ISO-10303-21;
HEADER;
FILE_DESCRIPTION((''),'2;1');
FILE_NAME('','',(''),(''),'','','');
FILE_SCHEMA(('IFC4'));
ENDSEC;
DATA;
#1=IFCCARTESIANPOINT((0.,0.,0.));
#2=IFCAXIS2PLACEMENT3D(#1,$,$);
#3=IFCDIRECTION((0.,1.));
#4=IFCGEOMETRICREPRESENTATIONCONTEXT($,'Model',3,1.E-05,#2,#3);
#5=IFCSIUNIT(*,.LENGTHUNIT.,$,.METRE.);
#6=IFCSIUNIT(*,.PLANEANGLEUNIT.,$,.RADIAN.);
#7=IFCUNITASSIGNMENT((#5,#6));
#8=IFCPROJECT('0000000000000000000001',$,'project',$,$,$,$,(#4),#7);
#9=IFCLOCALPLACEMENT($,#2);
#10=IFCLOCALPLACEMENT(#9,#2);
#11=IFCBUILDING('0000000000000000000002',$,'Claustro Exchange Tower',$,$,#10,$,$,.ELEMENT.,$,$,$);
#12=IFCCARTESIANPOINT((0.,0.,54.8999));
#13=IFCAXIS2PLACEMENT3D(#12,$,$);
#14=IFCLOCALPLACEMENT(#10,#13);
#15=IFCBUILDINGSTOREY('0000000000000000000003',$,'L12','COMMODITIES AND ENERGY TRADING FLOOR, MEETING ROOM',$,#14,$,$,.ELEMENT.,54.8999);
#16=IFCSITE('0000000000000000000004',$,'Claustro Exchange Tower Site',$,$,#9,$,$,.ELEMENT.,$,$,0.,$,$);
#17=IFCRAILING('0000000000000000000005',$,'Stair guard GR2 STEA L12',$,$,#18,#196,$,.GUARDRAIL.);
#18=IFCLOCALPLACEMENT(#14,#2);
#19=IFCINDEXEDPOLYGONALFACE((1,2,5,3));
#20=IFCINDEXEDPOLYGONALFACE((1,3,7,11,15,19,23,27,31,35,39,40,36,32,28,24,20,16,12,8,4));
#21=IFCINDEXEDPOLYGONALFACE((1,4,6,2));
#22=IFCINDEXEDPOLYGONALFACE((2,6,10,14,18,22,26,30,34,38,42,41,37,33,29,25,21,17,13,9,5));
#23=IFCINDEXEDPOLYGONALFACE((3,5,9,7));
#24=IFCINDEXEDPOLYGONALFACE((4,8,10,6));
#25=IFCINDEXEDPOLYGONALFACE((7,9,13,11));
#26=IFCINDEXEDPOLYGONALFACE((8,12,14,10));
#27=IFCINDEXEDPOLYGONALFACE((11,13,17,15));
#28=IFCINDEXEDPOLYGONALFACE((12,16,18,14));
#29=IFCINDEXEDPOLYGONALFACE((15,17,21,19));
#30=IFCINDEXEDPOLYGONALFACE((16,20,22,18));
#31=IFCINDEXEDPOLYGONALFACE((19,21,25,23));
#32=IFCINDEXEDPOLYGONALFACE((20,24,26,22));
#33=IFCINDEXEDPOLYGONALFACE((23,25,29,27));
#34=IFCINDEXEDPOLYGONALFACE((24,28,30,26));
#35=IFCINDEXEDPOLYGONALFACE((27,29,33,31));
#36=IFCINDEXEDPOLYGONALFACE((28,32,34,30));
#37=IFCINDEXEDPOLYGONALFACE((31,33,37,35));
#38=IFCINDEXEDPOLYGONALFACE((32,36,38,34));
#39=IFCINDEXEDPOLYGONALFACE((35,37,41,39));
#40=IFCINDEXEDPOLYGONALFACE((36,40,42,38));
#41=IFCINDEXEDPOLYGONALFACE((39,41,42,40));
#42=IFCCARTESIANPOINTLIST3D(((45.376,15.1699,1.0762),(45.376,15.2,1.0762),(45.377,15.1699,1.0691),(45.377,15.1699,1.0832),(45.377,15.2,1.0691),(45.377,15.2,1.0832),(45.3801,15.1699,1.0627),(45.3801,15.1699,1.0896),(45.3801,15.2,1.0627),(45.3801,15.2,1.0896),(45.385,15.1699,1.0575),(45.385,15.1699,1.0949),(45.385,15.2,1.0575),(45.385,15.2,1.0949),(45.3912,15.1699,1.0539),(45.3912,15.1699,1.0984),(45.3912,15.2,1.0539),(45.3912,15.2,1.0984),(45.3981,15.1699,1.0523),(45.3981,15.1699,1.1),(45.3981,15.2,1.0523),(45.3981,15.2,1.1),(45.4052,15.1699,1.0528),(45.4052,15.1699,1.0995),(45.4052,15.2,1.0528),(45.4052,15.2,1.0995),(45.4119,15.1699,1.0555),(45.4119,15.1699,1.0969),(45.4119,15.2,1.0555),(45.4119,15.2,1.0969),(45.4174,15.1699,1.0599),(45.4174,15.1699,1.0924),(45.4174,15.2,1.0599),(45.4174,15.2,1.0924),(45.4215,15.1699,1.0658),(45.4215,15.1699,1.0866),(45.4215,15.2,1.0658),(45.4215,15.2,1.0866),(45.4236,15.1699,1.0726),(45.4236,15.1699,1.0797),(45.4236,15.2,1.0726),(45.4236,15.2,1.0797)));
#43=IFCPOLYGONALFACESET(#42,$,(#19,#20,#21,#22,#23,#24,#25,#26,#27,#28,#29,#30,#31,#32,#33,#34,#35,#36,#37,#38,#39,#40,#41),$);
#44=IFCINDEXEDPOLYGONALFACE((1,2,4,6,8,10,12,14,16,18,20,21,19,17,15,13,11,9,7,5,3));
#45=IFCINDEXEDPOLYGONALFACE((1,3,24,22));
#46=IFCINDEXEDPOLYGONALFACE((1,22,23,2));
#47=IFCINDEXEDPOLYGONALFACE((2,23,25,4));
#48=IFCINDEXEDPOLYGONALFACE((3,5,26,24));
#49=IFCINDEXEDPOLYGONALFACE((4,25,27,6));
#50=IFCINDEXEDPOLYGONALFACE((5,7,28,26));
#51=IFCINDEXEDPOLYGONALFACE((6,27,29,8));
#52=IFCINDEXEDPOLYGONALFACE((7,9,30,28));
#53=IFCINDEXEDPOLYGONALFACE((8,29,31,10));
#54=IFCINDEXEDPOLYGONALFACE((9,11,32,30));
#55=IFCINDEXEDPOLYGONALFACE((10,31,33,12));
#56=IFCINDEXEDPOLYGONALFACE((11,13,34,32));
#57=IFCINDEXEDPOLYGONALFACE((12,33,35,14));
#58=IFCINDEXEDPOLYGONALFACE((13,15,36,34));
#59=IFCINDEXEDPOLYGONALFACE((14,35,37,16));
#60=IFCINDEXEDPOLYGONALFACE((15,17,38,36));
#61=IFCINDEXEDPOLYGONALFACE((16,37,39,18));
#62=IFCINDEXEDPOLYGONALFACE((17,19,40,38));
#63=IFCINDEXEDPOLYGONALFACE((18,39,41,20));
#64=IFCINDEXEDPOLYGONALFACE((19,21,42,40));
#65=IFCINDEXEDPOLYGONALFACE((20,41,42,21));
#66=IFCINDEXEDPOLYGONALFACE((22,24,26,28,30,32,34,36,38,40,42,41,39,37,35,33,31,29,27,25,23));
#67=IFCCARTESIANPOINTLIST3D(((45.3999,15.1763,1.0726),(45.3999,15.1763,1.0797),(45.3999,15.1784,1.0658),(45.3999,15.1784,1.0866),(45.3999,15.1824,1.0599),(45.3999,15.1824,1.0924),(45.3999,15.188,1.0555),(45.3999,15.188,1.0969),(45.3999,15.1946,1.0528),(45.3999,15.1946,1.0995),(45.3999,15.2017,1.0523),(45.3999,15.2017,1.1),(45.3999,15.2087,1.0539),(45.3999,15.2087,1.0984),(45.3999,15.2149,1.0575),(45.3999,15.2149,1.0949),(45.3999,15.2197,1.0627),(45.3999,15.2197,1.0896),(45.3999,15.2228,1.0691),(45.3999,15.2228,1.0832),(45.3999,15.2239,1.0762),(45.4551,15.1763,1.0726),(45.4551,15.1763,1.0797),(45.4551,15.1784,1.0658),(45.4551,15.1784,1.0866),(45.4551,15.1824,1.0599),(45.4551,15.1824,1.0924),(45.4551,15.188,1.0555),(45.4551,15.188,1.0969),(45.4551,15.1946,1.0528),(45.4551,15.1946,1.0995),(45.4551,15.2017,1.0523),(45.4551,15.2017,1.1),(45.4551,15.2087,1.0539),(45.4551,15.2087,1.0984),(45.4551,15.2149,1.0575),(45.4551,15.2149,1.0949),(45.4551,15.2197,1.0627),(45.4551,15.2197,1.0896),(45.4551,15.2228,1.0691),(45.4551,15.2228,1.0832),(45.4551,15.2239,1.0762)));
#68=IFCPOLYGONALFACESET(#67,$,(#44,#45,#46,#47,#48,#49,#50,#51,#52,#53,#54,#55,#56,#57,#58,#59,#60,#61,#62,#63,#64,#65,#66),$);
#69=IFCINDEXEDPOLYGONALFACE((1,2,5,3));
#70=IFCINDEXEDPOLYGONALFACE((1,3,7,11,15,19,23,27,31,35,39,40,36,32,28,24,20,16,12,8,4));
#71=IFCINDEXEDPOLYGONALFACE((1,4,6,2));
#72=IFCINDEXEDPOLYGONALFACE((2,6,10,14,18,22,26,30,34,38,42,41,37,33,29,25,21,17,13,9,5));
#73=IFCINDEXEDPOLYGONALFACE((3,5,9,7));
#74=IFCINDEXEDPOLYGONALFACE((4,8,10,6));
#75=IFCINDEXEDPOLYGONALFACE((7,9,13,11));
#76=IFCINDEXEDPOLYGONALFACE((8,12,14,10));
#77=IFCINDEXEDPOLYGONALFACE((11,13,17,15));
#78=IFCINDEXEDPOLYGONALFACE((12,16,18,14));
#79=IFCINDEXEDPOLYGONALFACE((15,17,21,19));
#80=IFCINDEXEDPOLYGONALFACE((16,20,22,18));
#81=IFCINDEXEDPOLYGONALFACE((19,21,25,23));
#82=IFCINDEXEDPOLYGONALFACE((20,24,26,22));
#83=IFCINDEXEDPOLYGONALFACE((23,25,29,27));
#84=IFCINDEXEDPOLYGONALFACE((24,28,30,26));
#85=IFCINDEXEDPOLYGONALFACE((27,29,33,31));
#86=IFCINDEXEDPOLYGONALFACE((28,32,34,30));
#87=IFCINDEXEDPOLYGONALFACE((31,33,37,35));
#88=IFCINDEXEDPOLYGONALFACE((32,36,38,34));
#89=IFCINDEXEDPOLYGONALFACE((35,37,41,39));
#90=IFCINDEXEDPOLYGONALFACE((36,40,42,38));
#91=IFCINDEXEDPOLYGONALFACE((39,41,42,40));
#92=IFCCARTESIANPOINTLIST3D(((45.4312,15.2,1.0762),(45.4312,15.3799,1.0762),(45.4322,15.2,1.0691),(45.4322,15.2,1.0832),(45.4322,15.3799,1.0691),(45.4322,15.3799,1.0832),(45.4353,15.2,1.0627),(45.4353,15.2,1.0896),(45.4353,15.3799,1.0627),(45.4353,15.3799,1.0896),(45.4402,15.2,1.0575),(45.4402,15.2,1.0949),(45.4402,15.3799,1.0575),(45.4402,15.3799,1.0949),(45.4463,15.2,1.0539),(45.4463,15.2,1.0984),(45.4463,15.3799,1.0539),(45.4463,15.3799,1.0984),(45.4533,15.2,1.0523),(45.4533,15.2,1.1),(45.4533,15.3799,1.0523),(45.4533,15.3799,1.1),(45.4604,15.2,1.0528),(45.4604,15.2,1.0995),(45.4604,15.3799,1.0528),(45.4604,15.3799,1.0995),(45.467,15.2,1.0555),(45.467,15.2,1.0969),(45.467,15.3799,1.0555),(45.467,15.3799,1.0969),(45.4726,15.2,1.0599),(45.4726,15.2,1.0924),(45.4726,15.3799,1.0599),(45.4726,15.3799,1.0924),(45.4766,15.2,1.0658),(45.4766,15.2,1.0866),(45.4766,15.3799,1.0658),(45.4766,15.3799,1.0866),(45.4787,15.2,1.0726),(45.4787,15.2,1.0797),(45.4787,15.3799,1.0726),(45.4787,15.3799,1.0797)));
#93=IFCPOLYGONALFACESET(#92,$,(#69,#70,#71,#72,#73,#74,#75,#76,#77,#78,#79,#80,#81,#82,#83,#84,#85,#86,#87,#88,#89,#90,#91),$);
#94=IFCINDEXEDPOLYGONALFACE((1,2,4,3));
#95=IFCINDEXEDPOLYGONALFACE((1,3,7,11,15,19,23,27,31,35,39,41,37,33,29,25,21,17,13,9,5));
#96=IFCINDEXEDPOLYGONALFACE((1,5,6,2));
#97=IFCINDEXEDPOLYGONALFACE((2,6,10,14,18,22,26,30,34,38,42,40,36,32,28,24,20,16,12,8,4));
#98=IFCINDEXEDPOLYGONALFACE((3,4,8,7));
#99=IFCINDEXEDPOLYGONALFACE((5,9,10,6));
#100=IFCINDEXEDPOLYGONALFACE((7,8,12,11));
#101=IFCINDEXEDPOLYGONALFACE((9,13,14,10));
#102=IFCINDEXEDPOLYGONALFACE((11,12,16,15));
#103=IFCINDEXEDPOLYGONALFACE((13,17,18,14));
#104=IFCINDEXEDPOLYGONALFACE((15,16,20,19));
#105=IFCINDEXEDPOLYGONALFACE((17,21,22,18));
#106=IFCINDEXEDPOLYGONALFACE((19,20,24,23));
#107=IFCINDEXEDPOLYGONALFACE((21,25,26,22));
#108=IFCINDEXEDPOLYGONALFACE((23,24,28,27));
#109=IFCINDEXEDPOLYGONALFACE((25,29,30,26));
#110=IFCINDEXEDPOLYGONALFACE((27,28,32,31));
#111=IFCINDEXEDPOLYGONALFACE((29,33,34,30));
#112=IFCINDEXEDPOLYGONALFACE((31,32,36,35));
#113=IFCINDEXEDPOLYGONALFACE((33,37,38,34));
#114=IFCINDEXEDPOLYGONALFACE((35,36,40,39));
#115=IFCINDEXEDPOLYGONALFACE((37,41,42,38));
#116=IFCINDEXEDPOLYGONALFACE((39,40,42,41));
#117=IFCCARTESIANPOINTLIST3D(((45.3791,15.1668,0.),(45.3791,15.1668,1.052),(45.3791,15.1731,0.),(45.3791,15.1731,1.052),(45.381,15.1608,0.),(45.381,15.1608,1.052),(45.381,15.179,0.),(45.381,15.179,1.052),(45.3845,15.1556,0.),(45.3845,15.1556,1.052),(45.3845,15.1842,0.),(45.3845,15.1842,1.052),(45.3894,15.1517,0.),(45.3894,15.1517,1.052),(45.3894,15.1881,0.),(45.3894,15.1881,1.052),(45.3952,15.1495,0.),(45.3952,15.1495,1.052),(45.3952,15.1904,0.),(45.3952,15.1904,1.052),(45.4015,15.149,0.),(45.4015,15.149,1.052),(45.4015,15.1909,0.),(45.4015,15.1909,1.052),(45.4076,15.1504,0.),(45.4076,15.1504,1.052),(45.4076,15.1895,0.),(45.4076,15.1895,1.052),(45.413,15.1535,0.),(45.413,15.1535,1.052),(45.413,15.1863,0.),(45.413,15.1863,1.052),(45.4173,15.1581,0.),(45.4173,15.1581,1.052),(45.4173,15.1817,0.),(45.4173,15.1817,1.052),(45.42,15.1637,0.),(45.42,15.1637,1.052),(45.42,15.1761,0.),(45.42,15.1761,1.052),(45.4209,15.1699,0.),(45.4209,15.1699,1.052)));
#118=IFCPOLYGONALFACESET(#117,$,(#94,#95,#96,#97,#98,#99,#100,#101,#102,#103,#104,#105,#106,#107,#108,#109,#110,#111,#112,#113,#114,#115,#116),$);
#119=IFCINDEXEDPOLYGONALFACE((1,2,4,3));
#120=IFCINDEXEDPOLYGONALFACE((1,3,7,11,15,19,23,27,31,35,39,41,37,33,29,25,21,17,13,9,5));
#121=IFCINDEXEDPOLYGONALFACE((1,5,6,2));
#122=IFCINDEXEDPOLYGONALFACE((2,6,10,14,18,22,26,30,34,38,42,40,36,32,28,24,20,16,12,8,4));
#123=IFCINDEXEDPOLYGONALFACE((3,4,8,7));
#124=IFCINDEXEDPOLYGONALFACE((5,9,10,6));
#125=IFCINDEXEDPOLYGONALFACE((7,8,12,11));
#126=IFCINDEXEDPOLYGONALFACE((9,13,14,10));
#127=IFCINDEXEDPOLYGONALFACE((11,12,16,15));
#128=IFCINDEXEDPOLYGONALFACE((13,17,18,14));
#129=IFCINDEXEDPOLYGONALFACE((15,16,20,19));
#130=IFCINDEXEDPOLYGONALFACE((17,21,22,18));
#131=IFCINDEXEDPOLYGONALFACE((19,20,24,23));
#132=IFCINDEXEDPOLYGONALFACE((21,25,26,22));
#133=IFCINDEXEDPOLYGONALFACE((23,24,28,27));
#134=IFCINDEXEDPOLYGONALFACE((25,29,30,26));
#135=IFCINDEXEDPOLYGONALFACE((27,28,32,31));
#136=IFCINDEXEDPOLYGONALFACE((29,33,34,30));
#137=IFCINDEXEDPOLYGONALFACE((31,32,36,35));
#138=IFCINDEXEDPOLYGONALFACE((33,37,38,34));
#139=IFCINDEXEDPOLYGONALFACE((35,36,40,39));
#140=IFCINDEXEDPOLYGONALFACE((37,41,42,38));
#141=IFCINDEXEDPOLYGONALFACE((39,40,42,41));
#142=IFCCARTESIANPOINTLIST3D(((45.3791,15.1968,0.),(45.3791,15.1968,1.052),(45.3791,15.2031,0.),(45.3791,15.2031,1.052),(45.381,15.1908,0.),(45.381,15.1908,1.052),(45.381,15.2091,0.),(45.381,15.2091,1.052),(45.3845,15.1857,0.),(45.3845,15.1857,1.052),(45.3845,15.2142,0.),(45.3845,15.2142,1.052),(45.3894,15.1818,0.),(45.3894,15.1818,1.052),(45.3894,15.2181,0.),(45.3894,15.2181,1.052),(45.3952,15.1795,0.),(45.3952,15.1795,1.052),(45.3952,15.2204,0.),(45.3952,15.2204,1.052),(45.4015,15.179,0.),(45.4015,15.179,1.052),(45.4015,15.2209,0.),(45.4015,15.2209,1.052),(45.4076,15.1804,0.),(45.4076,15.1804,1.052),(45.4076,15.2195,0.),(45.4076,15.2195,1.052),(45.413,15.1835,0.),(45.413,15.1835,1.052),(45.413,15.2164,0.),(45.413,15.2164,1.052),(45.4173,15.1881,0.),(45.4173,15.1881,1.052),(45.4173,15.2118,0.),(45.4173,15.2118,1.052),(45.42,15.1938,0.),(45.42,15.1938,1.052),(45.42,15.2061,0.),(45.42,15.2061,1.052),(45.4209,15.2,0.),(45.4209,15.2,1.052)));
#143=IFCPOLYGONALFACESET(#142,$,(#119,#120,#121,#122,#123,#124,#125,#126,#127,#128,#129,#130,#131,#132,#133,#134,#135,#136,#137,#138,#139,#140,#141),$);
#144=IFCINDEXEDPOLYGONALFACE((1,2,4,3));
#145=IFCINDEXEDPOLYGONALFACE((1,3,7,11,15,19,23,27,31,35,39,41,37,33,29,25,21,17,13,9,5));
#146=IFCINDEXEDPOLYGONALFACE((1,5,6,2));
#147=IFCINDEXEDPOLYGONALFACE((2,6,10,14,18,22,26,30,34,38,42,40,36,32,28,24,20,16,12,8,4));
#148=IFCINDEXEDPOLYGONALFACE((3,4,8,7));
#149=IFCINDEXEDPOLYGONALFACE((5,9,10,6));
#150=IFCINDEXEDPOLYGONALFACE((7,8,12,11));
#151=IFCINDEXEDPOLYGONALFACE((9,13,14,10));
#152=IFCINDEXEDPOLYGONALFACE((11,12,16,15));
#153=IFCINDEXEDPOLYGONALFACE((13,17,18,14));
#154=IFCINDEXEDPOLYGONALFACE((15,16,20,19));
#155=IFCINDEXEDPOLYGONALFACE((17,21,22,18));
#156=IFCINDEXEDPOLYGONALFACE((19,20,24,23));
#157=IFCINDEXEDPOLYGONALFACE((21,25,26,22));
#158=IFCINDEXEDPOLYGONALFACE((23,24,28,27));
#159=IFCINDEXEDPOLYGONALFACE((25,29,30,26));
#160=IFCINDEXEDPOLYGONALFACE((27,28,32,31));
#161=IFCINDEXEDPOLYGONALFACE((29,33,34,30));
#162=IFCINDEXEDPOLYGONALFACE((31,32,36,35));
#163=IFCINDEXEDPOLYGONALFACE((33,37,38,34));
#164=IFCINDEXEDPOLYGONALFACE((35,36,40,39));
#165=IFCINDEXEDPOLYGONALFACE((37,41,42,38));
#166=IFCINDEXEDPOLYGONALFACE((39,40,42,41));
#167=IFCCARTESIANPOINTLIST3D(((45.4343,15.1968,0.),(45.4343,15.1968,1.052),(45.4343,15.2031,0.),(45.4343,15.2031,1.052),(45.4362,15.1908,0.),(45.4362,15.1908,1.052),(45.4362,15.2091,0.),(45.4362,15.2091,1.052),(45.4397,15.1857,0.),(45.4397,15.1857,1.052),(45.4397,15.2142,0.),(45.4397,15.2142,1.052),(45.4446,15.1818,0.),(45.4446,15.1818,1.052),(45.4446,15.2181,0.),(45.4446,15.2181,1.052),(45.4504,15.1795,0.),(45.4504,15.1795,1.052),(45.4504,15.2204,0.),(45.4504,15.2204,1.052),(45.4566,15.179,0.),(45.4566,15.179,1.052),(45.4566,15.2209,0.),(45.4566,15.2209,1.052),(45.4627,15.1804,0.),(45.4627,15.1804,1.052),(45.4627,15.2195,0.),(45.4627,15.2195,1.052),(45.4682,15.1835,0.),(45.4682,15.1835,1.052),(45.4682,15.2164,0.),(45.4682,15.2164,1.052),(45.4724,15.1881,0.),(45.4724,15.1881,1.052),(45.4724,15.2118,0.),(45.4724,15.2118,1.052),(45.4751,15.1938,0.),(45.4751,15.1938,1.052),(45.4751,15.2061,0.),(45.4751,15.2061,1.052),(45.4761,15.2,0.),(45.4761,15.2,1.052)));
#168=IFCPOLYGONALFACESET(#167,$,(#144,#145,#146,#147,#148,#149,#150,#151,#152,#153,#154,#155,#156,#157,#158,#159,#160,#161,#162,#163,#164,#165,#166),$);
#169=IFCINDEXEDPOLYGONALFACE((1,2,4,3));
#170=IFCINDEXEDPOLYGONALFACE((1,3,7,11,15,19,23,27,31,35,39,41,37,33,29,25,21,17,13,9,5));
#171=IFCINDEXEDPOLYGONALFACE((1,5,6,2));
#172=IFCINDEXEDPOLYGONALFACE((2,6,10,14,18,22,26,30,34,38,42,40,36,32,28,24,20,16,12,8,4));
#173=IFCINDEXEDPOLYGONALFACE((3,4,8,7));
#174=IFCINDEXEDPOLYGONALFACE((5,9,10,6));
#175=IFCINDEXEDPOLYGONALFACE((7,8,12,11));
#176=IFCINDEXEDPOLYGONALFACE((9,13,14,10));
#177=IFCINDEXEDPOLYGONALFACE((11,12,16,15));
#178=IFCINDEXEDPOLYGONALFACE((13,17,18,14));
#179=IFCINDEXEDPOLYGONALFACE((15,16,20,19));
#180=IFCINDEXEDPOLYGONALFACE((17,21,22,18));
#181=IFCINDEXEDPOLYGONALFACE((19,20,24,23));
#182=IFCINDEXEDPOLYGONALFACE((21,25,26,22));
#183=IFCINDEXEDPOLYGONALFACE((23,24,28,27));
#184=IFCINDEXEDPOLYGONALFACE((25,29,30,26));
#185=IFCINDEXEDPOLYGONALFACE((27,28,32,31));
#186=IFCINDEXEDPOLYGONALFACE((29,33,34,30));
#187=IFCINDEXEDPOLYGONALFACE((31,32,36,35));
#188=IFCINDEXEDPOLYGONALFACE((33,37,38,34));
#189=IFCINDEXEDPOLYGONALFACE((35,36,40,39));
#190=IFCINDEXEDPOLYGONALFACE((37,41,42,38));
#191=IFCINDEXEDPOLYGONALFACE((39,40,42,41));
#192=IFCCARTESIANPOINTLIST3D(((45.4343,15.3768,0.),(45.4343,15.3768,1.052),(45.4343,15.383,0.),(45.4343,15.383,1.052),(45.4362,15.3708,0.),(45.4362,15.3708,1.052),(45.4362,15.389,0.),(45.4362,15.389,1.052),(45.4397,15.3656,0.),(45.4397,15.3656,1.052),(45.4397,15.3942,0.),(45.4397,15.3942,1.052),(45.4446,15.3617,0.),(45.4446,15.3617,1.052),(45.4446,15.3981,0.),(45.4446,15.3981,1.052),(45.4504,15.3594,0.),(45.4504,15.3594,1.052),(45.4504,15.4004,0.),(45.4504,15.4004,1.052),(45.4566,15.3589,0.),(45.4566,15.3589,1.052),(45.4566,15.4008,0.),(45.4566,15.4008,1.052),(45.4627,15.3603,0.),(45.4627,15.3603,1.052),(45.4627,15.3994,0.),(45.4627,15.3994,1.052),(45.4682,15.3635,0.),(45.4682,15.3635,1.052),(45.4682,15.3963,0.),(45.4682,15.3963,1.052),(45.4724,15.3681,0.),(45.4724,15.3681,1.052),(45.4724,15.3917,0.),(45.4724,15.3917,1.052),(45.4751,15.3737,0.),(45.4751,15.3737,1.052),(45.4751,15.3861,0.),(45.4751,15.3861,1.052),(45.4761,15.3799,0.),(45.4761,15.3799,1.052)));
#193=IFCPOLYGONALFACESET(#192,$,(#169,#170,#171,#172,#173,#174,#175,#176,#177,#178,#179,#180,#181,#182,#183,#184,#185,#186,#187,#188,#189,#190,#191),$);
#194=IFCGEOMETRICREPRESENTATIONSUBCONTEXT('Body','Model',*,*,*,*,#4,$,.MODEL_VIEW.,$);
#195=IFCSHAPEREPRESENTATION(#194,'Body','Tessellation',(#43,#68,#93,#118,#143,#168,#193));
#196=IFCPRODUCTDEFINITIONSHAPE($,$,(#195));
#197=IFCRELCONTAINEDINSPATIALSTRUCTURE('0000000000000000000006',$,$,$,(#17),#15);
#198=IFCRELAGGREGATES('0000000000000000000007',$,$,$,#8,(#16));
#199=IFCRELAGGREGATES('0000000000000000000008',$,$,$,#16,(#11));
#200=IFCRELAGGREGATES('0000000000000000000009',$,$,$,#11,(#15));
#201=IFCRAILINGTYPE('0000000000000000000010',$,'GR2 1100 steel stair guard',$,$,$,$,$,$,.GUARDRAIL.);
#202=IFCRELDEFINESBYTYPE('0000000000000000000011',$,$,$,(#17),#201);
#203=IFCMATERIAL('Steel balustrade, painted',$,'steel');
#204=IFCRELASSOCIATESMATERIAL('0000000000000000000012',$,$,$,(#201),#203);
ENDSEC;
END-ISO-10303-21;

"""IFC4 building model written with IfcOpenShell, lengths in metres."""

from ifc_helpers import new_model, si_unit, direction, frame, origin, origin_2d, place, context, subcontext, project, spatial, circle, extrude, material, type_object, element, save


model = new_model("IFC4")

# Units and contexts
model_context = context("Model", 3, precision=1e-05, world=origin(), true_north=direction((0.0, 1.0)))
body_context = subcontext(model_context, "Body", "Model", "MODEL_VIEW")
ifc_project = project(units=[si_unit("LENGTHUNIT", "METRE"), si_unit("PLANEANGLEUNIT", "RADIAN")], contexts=[model_context])

# Site, building, storey
site_placement = place(None, origin())
site = spatial("IfcSite", under=ifc_project, at=site_placement, Name="Claustro Exchange Tower Site", CompositionType="ELEMENT", RefElevation=0.0)
building_placement = place(site_placement, origin())
building = spatial("IfcBuilding", under=site, at=building_placement, Name="Claustro Exchange Tower", CompositionType="ELEMENT")
storey_placement = place(building_placement, frame((0.0, 0.0, 54.8999)))
storey = spatial("IfcBuildingStorey", under=building, at=storey_placement, Name="L12", Description="COMMODITIES AND ENERGY TRADING FLOOR, MEETING ROOM", CompositionType="ELEMENT", Elevation=54.8999)

# Railing
ifc_material_1 = material(Name="Steel balustrade, painted", Category="steel")
railing_type_1 = type_object("IfcRailingType", Name="GR2 1100 steel stair guard", PredefinedType="GUARDRAIL", material=ifc_material_1)
railing_1_placement = place(storey_placement, frame((45.3999, 15.1699, 0.0)))
element("IfcRailing", 1, at=railing_1_placement, inside=storey, type_object=railing_type_1, Name="Stair guard GR2 STEA L12", PredefinedType="GUARDRAIL", context=body_context, shape_type="SweptSolid", body=[
    extrude(circle(Radius=0.0239, at=origin_2d()), frame((0.0, 0.0, 1.0762), z_axis=(0.0, 1.0, 0.0), x_axis=(-1.0, 0.0, 0.0)), (0.0, 0.0, 1.0), 0.03),
    extrude(circle(Radius=0.0239, at=origin_2d()), frame((0.0, 0.03, 1.0762), z_axis=(1.0, 0.0, 0.0), x_axis=(0.0, 1.0, 0.0)), (0.0, 0.0, 1.0), 0.0552),
    extrude(circle(Radius=0.0239, at=origin_2d()), frame((0.0552, 0.03, 1.0762), z_axis=(0.0, 1.0, 0.0), x_axis=(-1.0, 0.0, 0.0)), (0.0, 0.0, 1.0), 0.1799),
    extrude(circle(Radius=0.021, at=origin_2d()), origin(), (0.0, 0.0, 1.0), 1.052),
    extrude(circle(Radius=0.021, at=origin_2d()), frame((0.0, 0.03, 0.0)), (0.0, 0.0, 1.0), 1.052),
    extrude(circle(Radius=0.021, at=origin_2d()), frame((0.0552, 0.03, 0.0)), (0.0, 0.0, 1.0), 1.052),
    extrude(circle(Radius=0.021, at=origin_2d()), frame((0.0552, 0.21, 0.0)), (0.0, 0.0, 1.0), 1.052),
])

save(model, "model.ifc")
